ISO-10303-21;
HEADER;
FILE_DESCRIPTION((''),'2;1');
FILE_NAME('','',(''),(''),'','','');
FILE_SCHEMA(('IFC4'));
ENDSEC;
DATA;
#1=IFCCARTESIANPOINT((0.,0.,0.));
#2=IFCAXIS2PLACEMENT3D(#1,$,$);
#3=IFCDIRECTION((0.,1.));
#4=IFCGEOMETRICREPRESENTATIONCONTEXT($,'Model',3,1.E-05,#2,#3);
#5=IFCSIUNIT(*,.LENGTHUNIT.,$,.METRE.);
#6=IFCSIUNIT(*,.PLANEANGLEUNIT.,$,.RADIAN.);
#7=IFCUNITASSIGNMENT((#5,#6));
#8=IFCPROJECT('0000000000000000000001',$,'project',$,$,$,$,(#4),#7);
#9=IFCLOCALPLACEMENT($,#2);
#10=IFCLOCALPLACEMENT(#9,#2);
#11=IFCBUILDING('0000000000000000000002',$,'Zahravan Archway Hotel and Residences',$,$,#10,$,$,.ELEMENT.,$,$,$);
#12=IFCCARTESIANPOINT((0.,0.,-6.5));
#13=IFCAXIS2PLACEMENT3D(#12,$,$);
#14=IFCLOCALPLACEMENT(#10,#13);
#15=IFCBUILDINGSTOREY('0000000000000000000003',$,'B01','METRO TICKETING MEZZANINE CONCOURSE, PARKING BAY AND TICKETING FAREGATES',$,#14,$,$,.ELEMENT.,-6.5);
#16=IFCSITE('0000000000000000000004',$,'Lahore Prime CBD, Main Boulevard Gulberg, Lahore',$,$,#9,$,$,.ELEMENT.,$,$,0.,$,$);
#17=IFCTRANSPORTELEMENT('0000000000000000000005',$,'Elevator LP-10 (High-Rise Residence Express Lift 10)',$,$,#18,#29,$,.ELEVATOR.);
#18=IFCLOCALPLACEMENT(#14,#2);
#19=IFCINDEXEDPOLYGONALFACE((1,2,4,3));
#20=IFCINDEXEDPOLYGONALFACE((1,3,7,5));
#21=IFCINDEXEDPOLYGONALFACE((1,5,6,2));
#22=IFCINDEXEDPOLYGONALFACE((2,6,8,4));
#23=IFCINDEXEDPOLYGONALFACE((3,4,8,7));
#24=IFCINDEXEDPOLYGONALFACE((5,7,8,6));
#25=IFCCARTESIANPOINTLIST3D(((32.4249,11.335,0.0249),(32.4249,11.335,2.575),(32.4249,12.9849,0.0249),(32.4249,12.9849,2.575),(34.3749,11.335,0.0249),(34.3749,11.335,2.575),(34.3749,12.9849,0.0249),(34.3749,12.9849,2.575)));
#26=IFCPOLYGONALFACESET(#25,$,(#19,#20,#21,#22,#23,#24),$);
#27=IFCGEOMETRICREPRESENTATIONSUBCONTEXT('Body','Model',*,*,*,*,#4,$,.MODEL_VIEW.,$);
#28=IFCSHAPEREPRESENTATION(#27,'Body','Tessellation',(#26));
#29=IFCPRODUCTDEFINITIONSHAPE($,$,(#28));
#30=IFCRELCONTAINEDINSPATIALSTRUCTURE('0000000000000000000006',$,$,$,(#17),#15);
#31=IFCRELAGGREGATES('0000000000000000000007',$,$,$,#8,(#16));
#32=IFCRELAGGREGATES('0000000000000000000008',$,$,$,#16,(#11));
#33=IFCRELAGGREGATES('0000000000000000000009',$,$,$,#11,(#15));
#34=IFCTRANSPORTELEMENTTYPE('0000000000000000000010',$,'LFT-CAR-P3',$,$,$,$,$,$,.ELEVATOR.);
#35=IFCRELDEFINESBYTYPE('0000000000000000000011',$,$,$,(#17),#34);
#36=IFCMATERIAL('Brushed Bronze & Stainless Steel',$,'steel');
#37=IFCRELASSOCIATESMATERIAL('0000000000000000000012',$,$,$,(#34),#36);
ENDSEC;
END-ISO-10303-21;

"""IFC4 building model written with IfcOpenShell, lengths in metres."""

from ifc_helpers import new_model, si_unit, direction, frame, origin, origin_2d, place, context, subcontext, project, spatial, rectangle, extrude, source, transform, mapped, material, type_object, type_shapes, element, save


model = new_model("IFC4")

# Units and contexts
model_context = context("Model", 3, precision=1e-05, world=origin(), true_north=direction((0.0, 1.0)))
body_context = subcontext(model_context, "Body", "Model", "MODEL_VIEW")
ifc_project = project(units=[si_unit("LENGTHUNIT", "METRE"), si_unit("PLANEANGLEUNIT", "RADIAN")], contexts=[model_context])

# Site, building, storey
site_placement = place(None, origin())
site = spatial("IfcSite", under=ifc_project, at=site_placement, Name="Lahore Prime CBD, Main Boulevard Gulberg, Lahore", CompositionType="ELEMENT", RefElevation=0.0)
building_placement = place(site_placement, origin())
building = spatial("IfcBuilding", under=site, at=building_placement, Name="Zahravan Archway Hotel and Residences", CompositionType="ELEMENT")
storey_placement = place(building_placement, frame((0.0, 0.0, -6.5)))
storey = spatial("IfcBuildingStorey", under=building, at=storey_placement, Name="B01", Description="METRO TICKETING MEZZANINE CONCOURSE, PARKING BAY AND TICKETING FAREGATES", CompositionType="ELEMENT", Elevation=-6.5)

# Transport element
ifc_material_1 = material(Name="Brushed Bronze & Stainless Steel", Category="steel")
transport_element_type = type_object("IfcTransportElementType", Name="LFT-CAR-P3", PredefinedType="ELEVATOR", material=ifc_material_1)
shared_shape_1 = source(origin(), body_context, "Body", "SweptSolid", [
    extrude(rectangle(XDim=1.95, YDim=1.6499, at=origin_2d()), origin(), (0.0, 0.0, 1.0), 2.55),
])
type_shapes(transport_element_type, [shared_shape_1])
for number, where, z_axis, x_axis, name in (
    (1, (33.3999, 12.1599, 0.0249), (0.0, 0.0, 1.0), (1.0, 0.0, 0.0), "Elevator LP-10 (High-Rise Residence Express Lift 10)"),
):
    element("IfcTransportElement", number, at=place(storey_placement, frame(where, z_axis=z_axis, x_axis=x_axis)), inside=storey, type_object=transport_element_type, Name=name, PredefinedType="ELEVATOR", context=body_context, shape_type="MappedRepresentation", body=[
        mapped(shared_shape_1, transform((0.0, 0.0, 0.0), scale=1.0)),
    ])

save(model, "model.ifc")
